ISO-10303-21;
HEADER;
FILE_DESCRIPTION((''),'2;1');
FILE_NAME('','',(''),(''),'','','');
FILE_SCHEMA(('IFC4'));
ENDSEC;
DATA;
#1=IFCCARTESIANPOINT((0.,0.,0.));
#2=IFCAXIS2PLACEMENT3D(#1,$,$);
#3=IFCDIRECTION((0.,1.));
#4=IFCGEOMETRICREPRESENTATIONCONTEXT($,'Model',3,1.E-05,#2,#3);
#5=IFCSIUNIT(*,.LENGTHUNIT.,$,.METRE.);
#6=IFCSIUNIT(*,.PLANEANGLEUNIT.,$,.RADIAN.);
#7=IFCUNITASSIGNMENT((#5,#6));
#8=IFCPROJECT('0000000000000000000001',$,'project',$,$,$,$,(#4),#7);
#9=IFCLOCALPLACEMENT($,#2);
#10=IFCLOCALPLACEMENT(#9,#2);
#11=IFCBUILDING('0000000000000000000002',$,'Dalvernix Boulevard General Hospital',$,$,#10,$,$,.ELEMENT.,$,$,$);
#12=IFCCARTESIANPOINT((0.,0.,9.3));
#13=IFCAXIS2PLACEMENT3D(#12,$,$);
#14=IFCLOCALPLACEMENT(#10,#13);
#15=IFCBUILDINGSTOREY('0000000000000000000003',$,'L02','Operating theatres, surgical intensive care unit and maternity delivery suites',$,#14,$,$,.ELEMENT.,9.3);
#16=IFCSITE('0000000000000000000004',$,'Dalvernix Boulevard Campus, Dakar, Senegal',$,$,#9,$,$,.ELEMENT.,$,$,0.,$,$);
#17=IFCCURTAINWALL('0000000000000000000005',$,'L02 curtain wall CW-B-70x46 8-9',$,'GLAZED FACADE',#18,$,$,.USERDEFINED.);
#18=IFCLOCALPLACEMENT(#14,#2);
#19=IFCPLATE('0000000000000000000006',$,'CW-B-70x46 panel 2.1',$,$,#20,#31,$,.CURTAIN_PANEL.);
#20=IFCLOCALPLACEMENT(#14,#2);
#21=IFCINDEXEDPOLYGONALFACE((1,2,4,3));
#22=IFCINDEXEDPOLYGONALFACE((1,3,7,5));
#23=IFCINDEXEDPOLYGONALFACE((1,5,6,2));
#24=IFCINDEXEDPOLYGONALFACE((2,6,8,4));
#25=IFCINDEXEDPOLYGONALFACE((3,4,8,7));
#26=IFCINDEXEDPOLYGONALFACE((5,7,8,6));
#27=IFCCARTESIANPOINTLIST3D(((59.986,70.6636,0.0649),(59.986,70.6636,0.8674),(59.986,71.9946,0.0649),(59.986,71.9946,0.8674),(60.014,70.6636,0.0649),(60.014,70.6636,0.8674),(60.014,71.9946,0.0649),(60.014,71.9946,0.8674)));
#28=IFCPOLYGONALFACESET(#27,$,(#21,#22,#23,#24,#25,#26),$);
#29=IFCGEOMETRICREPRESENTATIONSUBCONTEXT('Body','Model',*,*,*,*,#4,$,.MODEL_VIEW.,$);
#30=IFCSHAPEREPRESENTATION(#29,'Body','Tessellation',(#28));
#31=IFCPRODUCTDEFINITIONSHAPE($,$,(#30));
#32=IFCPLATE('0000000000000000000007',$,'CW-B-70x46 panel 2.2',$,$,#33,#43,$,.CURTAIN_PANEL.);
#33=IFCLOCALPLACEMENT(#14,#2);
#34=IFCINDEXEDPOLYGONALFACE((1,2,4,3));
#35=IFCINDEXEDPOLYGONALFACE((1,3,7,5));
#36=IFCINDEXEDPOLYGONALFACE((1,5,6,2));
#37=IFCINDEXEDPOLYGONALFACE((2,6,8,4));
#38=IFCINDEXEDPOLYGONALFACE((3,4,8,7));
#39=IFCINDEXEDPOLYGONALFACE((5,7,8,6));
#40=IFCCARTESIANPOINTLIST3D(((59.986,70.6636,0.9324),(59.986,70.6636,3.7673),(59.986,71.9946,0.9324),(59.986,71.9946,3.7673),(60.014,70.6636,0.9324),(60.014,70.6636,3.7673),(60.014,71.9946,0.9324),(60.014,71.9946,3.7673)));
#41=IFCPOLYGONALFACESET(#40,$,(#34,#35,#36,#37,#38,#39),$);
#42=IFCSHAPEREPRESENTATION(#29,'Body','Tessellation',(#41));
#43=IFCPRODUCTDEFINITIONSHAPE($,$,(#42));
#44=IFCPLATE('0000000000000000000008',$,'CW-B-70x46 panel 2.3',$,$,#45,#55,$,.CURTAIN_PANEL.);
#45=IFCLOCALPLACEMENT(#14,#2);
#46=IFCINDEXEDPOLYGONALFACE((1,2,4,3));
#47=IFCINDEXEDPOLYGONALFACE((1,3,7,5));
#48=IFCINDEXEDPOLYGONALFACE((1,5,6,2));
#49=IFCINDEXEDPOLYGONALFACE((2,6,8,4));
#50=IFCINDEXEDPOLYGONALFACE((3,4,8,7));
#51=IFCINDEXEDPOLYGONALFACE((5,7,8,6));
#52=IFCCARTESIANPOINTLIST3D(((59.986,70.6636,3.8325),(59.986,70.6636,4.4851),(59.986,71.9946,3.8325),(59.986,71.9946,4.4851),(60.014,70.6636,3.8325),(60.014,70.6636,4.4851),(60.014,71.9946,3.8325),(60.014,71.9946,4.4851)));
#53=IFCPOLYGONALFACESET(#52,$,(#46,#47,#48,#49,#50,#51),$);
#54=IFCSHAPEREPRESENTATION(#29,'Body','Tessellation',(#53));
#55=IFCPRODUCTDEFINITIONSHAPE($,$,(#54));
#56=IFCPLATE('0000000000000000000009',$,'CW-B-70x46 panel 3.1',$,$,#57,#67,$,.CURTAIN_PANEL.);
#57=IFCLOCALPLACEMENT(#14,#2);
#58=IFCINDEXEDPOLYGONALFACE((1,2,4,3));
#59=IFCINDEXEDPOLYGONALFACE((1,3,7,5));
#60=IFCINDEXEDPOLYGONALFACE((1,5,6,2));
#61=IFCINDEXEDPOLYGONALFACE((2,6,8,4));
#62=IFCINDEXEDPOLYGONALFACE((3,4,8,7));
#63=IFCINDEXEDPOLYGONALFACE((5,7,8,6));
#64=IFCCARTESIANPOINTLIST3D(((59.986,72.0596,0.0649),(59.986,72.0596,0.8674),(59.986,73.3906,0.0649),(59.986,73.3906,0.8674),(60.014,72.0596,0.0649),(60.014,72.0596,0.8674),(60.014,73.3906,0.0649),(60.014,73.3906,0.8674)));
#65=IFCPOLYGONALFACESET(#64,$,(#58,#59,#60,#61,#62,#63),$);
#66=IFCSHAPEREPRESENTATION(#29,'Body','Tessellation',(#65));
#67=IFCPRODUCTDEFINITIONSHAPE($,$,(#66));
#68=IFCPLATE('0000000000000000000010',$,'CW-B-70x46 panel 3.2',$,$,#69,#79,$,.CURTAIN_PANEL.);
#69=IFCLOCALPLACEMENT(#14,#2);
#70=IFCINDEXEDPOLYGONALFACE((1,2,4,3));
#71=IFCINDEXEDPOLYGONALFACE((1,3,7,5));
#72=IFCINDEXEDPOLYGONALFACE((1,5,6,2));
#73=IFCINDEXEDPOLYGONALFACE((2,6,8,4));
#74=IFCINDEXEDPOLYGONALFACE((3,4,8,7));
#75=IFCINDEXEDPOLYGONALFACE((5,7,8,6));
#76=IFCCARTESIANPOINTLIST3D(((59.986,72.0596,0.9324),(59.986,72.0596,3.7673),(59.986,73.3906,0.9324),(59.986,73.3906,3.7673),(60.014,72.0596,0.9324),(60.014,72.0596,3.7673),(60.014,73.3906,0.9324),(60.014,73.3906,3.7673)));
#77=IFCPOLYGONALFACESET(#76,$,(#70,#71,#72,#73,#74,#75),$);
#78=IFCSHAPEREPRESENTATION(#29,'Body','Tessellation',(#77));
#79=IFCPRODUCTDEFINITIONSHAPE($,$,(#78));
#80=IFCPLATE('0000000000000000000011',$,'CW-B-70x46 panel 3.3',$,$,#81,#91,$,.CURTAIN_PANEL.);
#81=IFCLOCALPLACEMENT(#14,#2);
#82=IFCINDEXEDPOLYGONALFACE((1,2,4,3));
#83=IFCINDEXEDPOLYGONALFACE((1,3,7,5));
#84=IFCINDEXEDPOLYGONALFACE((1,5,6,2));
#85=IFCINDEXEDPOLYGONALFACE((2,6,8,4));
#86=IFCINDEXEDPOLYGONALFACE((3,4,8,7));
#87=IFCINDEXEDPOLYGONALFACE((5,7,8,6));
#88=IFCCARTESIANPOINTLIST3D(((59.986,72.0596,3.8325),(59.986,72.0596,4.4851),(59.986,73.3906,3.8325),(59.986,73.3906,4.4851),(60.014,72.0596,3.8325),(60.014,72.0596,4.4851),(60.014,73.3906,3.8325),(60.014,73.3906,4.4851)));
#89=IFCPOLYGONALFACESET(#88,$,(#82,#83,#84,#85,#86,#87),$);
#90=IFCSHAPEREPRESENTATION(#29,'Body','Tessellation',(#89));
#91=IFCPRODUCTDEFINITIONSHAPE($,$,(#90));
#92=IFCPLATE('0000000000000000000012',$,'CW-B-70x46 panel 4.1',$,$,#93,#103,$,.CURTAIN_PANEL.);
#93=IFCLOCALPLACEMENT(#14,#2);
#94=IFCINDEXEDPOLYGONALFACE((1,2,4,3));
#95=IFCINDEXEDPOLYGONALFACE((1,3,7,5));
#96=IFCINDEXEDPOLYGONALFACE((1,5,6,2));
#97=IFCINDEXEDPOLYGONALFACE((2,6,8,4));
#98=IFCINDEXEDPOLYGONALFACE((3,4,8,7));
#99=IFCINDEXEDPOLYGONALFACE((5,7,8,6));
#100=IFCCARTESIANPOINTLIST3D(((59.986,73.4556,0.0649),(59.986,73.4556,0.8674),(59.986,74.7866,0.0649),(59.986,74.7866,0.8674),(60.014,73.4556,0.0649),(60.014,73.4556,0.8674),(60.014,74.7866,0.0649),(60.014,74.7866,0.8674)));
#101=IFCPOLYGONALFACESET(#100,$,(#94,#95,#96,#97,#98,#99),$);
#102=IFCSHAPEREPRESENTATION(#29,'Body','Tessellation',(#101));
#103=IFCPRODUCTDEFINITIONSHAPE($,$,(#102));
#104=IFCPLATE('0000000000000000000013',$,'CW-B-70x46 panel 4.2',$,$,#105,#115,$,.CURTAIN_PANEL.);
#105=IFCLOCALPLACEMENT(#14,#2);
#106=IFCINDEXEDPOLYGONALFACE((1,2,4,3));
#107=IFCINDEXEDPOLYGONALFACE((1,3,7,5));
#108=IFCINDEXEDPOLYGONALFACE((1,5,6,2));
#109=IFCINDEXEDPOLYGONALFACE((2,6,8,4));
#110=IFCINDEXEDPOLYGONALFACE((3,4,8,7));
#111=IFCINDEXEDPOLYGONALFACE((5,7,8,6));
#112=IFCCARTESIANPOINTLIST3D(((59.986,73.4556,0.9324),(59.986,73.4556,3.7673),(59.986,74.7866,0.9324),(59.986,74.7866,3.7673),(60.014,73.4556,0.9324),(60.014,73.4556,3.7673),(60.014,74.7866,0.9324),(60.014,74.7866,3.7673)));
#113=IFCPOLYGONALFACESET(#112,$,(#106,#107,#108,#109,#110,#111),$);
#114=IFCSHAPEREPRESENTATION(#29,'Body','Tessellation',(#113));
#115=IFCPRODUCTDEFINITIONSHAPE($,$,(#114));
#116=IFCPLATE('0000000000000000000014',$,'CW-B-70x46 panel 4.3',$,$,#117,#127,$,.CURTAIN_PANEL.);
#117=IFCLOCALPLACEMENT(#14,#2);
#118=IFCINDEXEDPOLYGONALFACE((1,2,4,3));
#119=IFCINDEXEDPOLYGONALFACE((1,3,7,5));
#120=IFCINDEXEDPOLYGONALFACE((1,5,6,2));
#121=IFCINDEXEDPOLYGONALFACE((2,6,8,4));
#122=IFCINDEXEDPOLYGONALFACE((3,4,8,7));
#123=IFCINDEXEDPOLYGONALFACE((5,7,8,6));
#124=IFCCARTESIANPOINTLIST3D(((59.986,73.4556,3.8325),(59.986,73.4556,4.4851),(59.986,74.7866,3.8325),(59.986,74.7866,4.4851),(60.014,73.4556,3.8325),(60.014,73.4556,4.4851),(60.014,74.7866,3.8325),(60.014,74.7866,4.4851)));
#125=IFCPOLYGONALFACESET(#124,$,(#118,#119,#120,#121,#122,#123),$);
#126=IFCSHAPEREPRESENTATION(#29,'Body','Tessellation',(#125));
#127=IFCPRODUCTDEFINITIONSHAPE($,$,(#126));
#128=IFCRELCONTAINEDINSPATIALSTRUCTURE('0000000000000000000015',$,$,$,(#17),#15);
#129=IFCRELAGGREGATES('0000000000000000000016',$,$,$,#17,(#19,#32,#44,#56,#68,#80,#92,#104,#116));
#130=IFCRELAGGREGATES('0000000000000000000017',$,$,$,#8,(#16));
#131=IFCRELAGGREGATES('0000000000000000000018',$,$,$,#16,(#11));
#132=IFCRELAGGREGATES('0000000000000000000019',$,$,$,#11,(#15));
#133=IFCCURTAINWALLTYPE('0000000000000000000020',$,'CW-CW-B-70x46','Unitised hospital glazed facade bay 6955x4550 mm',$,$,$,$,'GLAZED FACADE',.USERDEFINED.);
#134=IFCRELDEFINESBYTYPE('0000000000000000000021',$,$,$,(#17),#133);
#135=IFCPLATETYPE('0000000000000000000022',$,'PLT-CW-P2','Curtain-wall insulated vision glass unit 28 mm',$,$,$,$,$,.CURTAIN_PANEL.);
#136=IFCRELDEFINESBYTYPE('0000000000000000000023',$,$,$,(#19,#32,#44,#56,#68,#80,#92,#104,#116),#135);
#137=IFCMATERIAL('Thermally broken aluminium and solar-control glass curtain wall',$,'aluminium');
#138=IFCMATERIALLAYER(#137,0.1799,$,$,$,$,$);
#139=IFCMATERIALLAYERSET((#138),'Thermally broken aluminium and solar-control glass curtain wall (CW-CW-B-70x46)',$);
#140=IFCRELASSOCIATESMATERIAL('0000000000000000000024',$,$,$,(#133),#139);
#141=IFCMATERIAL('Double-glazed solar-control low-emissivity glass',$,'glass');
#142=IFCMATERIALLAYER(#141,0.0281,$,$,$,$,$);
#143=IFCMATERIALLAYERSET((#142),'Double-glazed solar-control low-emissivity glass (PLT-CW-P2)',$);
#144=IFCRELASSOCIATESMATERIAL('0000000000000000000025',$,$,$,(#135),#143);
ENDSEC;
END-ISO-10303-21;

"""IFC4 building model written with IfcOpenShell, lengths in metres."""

from ifc_helpers import new_model, si_unit, direction, frame, origin, origin_2d, place, context, subcontext, project, spatial, rectangle, extrude, material, layer, layer_set, type_object, element, aggregate, save


model = new_model("IFC4")

# Units and contexts
model_context = context("Model", 3, precision=1e-05, world=origin(), true_north=direction((0.0, 1.0)))
body_context = subcontext(model_context, "Body", "Model", "MODEL_VIEW")
ifc_project = project(units=[si_unit("LENGTHUNIT", "METRE"), si_unit("PLANEANGLEUNIT", "RADIAN")], contexts=[model_context])

# Site, building, storey
site_placement = place(None, origin())
site = spatial("IfcSite", under=ifc_project, at=site_placement, Name="Dalvernix Boulevard Campus, Dakar, Senegal", CompositionType="ELEMENT", RefElevation=0.0)
building_placement = place(site_placement, origin())
building = spatial("IfcBuilding", under=site, at=building_placement, Name="Dalvernix Boulevard General Hospital", CompositionType="ELEMENT")
storey_placement = place(building_placement, frame((0.0, 0.0, 9.3)))
storey = spatial("IfcBuildingStorey", under=building, at=storey_placement, Name="L02", Description="Operating theatres, surgical intensive care unit and maternity delivery suites", CompositionType="ELEMENT", Elevation=9.3)

# Curtain wall, plates
ifc_material_1 = material(Name="Thermally broken aluminium and solar-control glass curtain wall", Category="aluminium")
ifc_layer_1 = layer(ifc_material_1, 0.1799)
ifc_layer_set_1 = layer_set([ifc_layer_1], Name="Thermally broken aluminium and solar-control glass curtain wall (CW-CW-B-70x46)")
curtain_wall_type = type_object("IfcCurtainWallType", Name="CW-CW-B-70x46", Description="Unitised hospital glazed facade bay 6955x4550 mm", ElementType="GLAZED FACADE", PredefinedType="USERDEFINED", material=ifc_layer_set_1)
curtain_wall_placement = place(storey_placement, origin())
curtain_wall = element("IfcCurtainWall", 1, at=curtain_wall_placement, inside=storey, type_object=curtain_wall_type, Name="L02 curtain wall CW-B-70x46 8-9", ObjectType="GLAZED FACADE", PredefinedType="USERDEFINED")
ifc_material_2 = material(Name="Double-glazed solar-control low-emissivity glass", Category="glass")
ifc_layer_2 = layer(ifc_material_2, 0.0281)
ifc_layer_set_2 = layer_set([ifc_layer_2], Name="Double-glazed solar-control low-emissivity glass (PLT-CW-P2)")
plate_type = type_object("IfcPlateType", Name="PLT-CW-P2", Description="Curtain-wall insulated vision glass unit 28 mm", PredefinedType="CURTAIN_PANEL", material=ifc_layer_set_2)
plate_1_placement = place(storey_placement, frame((60.0, 71.3291, 0.0649), z_axis=(0.0, 0.0, 1.0), x_axis=(0.0, 1.0, 0.0)))
plate_1 = element("IfcPlate", 2, at=plate_1_placement, type_object=plate_type, Name="CW-B-70x46 panel 2.1", PredefinedType="CURTAIN_PANEL", context=body_context, shape_type="SweptSolid", body=[
    extrude(rectangle(XDim=1.3311, YDim=0.0281, at=origin_2d()), origin(), (0.0, 0.0, 1.0), 0.8025),
])
plate_2_placement = place(storey_placement, frame((60.0, 71.3291, 0.9324), z_axis=(0.0, 0.0, 1.0), x_axis=(0.0, 1.0, 0.0)))
plate_2 = element("IfcPlate", 3, at=plate_2_placement, type_object=plate_type, Name="CW-B-70x46 panel 2.2", PredefinedType="CURTAIN_PANEL", context=body_context, shape_type="SweptSolid", body=[
    extrude(rectangle(XDim=1.3311, YDim=0.0281, at=origin_2d()), origin(), (0.0, 0.0, 1.0), 2.835),
])
plate_3_placement = place(storey_placement, frame((60.0, 71.3291, 3.8325), z_axis=(0.0, 0.0, 1.0), x_axis=(0.0, 1.0, 0.0)))
plate_3 = element("IfcPlate", 4, at=plate_3_placement, type_object=plate_type, Name="CW-B-70x46 panel 2.3", PredefinedType="CURTAIN_PANEL", context=body_context, shape_type="SweptSolid", body=[
    extrude(rectangle(XDim=1.3311, YDim=0.0281, at=origin_2d()), origin(), (0.0, 0.0, 1.0), 0.6526),
])
plate_4_placement = place(storey_placement, frame((60.0, 72.7251, 0.0649), z_axis=(0.0, 0.0, 1.0), x_axis=(0.0, 1.0, 0.0)))
plate_4 = element("IfcPlate", 5, at=plate_4_placement, type_object=plate_type, Name="CW-B-70x46 panel 3.1", PredefinedType="CURTAIN_PANEL", context=body_context, shape_type="SweptSolid", body=[
    extrude(rectangle(XDim=1.3311, YDim=0.0281, at=origin_2d()), origin(), (0.0, 0.0, 1.0), 0.8025),
])
plate_5_placement = place(storey_placement, frame((60.0, 72.7251, 0.9324), z_axis=(0.0, 0.0, 1.0), x_axis=(0.0, 1.0, 0.0)))
plate_5 = element("IfcPlate", 6, at=plate_5_placement, type_object=plate_type, Name="CW-B-70x46 panel 3.2", PredefinedType="CURTAIN_PANEL", context=body_context, shape_type="SweptSolid", body=[
    extrude(rectangle(XDim=1.3311, YDim=0.0281, at=origin_2d()), origin(), (0.0, 0.0, 1.0), 2.835),
])
plate_6_placement = place(storey_placement, frame((60.0, 72.7251, 3.8325), z_axis=(0.0, 0.0, 1.0), x_axis=(0.0, 1.0, 0.0)))
plate_6 = element("IfcPlate", 7, at=plate_6_placement, type_object=plate_type, Name="CW-B-70x46 panel 3.3", PredefinedType="CURTAIN_PANEL", context=body_context, shape_type="SweptSolid", body=[
    extrude(rectangle(XDim=1.3311, YDim=0.0281, at=origin_2d()), origin(), (0.0, 0.0, 1.0), 0.6526),
])
plate_7_placement = place(storey_placement, frame((60.0, 74.1211, 0.0649), z_axis=(0.0, 0.0, 1.0), x_axis=(0.0, 1.0, 0.0)))
plate_7 = element("IfcPlate", 8, at=plate_7_placement, type_object=plate_type, Name="CW-B-70x46 panel 4.1", PredefinedType="CURTAIN_PANEL", context=body_context, shape_type="SweptSolid", body=[
    extrude(rectangle(XDim=1.3311, YDim=0.0281, at=origin_2d()), origin(), (0.0, 0.0, 1.0), 0.8025),
])
plate_8_placement = place(storey_placement, frame((60.0, 74.1211, 0.9324), z_axis=(0.0, 0.0, 1.0), x_axis=(0.0, 1.0, 0.0)))
plate_8 = element("IfcPlate", 9, at=plate_8_placement, type_object=plate_type, Name="CW-B-70x46 panel 4.2", PredefinedType="CURTAIN_PANEL", context=body_context, shape_type="SweptSolid", body=[
    extrude(rectangle(XDim=1.3311, YDim=0.0281, at=origin_2d()), origin(), (0.0, 0.0, 1.0), 2.835),
])
plate_9_placement = place(storey_placement, frame((60.0, 74.1211, 3.8325), z_axis=(0.0, 0.0, 1.0), x_axis=(0.0, 1.0, 0.0)))
plate_9 = element("IfcPlate", 10, at=plate_9_placement, type_object=plate_type, Name="CW-B-70x46 panel 4.3", PredefinedType="CURTAIN_PANEL", context=body_context, shape_type="SweptSolid", body=[
    extrude(rectangle(XDim=1.3311, YDim=0.0281, at=origin_2d()), origin(), (0.0, 0.0, 1.0), 0.6526),
])
aggregate(curtain_wall, [plate_1, plate_2, plate_3, plate_4, plate_5, plate_6, plate_7, plate_8, plate_9])

save(model, "model.ifc")
